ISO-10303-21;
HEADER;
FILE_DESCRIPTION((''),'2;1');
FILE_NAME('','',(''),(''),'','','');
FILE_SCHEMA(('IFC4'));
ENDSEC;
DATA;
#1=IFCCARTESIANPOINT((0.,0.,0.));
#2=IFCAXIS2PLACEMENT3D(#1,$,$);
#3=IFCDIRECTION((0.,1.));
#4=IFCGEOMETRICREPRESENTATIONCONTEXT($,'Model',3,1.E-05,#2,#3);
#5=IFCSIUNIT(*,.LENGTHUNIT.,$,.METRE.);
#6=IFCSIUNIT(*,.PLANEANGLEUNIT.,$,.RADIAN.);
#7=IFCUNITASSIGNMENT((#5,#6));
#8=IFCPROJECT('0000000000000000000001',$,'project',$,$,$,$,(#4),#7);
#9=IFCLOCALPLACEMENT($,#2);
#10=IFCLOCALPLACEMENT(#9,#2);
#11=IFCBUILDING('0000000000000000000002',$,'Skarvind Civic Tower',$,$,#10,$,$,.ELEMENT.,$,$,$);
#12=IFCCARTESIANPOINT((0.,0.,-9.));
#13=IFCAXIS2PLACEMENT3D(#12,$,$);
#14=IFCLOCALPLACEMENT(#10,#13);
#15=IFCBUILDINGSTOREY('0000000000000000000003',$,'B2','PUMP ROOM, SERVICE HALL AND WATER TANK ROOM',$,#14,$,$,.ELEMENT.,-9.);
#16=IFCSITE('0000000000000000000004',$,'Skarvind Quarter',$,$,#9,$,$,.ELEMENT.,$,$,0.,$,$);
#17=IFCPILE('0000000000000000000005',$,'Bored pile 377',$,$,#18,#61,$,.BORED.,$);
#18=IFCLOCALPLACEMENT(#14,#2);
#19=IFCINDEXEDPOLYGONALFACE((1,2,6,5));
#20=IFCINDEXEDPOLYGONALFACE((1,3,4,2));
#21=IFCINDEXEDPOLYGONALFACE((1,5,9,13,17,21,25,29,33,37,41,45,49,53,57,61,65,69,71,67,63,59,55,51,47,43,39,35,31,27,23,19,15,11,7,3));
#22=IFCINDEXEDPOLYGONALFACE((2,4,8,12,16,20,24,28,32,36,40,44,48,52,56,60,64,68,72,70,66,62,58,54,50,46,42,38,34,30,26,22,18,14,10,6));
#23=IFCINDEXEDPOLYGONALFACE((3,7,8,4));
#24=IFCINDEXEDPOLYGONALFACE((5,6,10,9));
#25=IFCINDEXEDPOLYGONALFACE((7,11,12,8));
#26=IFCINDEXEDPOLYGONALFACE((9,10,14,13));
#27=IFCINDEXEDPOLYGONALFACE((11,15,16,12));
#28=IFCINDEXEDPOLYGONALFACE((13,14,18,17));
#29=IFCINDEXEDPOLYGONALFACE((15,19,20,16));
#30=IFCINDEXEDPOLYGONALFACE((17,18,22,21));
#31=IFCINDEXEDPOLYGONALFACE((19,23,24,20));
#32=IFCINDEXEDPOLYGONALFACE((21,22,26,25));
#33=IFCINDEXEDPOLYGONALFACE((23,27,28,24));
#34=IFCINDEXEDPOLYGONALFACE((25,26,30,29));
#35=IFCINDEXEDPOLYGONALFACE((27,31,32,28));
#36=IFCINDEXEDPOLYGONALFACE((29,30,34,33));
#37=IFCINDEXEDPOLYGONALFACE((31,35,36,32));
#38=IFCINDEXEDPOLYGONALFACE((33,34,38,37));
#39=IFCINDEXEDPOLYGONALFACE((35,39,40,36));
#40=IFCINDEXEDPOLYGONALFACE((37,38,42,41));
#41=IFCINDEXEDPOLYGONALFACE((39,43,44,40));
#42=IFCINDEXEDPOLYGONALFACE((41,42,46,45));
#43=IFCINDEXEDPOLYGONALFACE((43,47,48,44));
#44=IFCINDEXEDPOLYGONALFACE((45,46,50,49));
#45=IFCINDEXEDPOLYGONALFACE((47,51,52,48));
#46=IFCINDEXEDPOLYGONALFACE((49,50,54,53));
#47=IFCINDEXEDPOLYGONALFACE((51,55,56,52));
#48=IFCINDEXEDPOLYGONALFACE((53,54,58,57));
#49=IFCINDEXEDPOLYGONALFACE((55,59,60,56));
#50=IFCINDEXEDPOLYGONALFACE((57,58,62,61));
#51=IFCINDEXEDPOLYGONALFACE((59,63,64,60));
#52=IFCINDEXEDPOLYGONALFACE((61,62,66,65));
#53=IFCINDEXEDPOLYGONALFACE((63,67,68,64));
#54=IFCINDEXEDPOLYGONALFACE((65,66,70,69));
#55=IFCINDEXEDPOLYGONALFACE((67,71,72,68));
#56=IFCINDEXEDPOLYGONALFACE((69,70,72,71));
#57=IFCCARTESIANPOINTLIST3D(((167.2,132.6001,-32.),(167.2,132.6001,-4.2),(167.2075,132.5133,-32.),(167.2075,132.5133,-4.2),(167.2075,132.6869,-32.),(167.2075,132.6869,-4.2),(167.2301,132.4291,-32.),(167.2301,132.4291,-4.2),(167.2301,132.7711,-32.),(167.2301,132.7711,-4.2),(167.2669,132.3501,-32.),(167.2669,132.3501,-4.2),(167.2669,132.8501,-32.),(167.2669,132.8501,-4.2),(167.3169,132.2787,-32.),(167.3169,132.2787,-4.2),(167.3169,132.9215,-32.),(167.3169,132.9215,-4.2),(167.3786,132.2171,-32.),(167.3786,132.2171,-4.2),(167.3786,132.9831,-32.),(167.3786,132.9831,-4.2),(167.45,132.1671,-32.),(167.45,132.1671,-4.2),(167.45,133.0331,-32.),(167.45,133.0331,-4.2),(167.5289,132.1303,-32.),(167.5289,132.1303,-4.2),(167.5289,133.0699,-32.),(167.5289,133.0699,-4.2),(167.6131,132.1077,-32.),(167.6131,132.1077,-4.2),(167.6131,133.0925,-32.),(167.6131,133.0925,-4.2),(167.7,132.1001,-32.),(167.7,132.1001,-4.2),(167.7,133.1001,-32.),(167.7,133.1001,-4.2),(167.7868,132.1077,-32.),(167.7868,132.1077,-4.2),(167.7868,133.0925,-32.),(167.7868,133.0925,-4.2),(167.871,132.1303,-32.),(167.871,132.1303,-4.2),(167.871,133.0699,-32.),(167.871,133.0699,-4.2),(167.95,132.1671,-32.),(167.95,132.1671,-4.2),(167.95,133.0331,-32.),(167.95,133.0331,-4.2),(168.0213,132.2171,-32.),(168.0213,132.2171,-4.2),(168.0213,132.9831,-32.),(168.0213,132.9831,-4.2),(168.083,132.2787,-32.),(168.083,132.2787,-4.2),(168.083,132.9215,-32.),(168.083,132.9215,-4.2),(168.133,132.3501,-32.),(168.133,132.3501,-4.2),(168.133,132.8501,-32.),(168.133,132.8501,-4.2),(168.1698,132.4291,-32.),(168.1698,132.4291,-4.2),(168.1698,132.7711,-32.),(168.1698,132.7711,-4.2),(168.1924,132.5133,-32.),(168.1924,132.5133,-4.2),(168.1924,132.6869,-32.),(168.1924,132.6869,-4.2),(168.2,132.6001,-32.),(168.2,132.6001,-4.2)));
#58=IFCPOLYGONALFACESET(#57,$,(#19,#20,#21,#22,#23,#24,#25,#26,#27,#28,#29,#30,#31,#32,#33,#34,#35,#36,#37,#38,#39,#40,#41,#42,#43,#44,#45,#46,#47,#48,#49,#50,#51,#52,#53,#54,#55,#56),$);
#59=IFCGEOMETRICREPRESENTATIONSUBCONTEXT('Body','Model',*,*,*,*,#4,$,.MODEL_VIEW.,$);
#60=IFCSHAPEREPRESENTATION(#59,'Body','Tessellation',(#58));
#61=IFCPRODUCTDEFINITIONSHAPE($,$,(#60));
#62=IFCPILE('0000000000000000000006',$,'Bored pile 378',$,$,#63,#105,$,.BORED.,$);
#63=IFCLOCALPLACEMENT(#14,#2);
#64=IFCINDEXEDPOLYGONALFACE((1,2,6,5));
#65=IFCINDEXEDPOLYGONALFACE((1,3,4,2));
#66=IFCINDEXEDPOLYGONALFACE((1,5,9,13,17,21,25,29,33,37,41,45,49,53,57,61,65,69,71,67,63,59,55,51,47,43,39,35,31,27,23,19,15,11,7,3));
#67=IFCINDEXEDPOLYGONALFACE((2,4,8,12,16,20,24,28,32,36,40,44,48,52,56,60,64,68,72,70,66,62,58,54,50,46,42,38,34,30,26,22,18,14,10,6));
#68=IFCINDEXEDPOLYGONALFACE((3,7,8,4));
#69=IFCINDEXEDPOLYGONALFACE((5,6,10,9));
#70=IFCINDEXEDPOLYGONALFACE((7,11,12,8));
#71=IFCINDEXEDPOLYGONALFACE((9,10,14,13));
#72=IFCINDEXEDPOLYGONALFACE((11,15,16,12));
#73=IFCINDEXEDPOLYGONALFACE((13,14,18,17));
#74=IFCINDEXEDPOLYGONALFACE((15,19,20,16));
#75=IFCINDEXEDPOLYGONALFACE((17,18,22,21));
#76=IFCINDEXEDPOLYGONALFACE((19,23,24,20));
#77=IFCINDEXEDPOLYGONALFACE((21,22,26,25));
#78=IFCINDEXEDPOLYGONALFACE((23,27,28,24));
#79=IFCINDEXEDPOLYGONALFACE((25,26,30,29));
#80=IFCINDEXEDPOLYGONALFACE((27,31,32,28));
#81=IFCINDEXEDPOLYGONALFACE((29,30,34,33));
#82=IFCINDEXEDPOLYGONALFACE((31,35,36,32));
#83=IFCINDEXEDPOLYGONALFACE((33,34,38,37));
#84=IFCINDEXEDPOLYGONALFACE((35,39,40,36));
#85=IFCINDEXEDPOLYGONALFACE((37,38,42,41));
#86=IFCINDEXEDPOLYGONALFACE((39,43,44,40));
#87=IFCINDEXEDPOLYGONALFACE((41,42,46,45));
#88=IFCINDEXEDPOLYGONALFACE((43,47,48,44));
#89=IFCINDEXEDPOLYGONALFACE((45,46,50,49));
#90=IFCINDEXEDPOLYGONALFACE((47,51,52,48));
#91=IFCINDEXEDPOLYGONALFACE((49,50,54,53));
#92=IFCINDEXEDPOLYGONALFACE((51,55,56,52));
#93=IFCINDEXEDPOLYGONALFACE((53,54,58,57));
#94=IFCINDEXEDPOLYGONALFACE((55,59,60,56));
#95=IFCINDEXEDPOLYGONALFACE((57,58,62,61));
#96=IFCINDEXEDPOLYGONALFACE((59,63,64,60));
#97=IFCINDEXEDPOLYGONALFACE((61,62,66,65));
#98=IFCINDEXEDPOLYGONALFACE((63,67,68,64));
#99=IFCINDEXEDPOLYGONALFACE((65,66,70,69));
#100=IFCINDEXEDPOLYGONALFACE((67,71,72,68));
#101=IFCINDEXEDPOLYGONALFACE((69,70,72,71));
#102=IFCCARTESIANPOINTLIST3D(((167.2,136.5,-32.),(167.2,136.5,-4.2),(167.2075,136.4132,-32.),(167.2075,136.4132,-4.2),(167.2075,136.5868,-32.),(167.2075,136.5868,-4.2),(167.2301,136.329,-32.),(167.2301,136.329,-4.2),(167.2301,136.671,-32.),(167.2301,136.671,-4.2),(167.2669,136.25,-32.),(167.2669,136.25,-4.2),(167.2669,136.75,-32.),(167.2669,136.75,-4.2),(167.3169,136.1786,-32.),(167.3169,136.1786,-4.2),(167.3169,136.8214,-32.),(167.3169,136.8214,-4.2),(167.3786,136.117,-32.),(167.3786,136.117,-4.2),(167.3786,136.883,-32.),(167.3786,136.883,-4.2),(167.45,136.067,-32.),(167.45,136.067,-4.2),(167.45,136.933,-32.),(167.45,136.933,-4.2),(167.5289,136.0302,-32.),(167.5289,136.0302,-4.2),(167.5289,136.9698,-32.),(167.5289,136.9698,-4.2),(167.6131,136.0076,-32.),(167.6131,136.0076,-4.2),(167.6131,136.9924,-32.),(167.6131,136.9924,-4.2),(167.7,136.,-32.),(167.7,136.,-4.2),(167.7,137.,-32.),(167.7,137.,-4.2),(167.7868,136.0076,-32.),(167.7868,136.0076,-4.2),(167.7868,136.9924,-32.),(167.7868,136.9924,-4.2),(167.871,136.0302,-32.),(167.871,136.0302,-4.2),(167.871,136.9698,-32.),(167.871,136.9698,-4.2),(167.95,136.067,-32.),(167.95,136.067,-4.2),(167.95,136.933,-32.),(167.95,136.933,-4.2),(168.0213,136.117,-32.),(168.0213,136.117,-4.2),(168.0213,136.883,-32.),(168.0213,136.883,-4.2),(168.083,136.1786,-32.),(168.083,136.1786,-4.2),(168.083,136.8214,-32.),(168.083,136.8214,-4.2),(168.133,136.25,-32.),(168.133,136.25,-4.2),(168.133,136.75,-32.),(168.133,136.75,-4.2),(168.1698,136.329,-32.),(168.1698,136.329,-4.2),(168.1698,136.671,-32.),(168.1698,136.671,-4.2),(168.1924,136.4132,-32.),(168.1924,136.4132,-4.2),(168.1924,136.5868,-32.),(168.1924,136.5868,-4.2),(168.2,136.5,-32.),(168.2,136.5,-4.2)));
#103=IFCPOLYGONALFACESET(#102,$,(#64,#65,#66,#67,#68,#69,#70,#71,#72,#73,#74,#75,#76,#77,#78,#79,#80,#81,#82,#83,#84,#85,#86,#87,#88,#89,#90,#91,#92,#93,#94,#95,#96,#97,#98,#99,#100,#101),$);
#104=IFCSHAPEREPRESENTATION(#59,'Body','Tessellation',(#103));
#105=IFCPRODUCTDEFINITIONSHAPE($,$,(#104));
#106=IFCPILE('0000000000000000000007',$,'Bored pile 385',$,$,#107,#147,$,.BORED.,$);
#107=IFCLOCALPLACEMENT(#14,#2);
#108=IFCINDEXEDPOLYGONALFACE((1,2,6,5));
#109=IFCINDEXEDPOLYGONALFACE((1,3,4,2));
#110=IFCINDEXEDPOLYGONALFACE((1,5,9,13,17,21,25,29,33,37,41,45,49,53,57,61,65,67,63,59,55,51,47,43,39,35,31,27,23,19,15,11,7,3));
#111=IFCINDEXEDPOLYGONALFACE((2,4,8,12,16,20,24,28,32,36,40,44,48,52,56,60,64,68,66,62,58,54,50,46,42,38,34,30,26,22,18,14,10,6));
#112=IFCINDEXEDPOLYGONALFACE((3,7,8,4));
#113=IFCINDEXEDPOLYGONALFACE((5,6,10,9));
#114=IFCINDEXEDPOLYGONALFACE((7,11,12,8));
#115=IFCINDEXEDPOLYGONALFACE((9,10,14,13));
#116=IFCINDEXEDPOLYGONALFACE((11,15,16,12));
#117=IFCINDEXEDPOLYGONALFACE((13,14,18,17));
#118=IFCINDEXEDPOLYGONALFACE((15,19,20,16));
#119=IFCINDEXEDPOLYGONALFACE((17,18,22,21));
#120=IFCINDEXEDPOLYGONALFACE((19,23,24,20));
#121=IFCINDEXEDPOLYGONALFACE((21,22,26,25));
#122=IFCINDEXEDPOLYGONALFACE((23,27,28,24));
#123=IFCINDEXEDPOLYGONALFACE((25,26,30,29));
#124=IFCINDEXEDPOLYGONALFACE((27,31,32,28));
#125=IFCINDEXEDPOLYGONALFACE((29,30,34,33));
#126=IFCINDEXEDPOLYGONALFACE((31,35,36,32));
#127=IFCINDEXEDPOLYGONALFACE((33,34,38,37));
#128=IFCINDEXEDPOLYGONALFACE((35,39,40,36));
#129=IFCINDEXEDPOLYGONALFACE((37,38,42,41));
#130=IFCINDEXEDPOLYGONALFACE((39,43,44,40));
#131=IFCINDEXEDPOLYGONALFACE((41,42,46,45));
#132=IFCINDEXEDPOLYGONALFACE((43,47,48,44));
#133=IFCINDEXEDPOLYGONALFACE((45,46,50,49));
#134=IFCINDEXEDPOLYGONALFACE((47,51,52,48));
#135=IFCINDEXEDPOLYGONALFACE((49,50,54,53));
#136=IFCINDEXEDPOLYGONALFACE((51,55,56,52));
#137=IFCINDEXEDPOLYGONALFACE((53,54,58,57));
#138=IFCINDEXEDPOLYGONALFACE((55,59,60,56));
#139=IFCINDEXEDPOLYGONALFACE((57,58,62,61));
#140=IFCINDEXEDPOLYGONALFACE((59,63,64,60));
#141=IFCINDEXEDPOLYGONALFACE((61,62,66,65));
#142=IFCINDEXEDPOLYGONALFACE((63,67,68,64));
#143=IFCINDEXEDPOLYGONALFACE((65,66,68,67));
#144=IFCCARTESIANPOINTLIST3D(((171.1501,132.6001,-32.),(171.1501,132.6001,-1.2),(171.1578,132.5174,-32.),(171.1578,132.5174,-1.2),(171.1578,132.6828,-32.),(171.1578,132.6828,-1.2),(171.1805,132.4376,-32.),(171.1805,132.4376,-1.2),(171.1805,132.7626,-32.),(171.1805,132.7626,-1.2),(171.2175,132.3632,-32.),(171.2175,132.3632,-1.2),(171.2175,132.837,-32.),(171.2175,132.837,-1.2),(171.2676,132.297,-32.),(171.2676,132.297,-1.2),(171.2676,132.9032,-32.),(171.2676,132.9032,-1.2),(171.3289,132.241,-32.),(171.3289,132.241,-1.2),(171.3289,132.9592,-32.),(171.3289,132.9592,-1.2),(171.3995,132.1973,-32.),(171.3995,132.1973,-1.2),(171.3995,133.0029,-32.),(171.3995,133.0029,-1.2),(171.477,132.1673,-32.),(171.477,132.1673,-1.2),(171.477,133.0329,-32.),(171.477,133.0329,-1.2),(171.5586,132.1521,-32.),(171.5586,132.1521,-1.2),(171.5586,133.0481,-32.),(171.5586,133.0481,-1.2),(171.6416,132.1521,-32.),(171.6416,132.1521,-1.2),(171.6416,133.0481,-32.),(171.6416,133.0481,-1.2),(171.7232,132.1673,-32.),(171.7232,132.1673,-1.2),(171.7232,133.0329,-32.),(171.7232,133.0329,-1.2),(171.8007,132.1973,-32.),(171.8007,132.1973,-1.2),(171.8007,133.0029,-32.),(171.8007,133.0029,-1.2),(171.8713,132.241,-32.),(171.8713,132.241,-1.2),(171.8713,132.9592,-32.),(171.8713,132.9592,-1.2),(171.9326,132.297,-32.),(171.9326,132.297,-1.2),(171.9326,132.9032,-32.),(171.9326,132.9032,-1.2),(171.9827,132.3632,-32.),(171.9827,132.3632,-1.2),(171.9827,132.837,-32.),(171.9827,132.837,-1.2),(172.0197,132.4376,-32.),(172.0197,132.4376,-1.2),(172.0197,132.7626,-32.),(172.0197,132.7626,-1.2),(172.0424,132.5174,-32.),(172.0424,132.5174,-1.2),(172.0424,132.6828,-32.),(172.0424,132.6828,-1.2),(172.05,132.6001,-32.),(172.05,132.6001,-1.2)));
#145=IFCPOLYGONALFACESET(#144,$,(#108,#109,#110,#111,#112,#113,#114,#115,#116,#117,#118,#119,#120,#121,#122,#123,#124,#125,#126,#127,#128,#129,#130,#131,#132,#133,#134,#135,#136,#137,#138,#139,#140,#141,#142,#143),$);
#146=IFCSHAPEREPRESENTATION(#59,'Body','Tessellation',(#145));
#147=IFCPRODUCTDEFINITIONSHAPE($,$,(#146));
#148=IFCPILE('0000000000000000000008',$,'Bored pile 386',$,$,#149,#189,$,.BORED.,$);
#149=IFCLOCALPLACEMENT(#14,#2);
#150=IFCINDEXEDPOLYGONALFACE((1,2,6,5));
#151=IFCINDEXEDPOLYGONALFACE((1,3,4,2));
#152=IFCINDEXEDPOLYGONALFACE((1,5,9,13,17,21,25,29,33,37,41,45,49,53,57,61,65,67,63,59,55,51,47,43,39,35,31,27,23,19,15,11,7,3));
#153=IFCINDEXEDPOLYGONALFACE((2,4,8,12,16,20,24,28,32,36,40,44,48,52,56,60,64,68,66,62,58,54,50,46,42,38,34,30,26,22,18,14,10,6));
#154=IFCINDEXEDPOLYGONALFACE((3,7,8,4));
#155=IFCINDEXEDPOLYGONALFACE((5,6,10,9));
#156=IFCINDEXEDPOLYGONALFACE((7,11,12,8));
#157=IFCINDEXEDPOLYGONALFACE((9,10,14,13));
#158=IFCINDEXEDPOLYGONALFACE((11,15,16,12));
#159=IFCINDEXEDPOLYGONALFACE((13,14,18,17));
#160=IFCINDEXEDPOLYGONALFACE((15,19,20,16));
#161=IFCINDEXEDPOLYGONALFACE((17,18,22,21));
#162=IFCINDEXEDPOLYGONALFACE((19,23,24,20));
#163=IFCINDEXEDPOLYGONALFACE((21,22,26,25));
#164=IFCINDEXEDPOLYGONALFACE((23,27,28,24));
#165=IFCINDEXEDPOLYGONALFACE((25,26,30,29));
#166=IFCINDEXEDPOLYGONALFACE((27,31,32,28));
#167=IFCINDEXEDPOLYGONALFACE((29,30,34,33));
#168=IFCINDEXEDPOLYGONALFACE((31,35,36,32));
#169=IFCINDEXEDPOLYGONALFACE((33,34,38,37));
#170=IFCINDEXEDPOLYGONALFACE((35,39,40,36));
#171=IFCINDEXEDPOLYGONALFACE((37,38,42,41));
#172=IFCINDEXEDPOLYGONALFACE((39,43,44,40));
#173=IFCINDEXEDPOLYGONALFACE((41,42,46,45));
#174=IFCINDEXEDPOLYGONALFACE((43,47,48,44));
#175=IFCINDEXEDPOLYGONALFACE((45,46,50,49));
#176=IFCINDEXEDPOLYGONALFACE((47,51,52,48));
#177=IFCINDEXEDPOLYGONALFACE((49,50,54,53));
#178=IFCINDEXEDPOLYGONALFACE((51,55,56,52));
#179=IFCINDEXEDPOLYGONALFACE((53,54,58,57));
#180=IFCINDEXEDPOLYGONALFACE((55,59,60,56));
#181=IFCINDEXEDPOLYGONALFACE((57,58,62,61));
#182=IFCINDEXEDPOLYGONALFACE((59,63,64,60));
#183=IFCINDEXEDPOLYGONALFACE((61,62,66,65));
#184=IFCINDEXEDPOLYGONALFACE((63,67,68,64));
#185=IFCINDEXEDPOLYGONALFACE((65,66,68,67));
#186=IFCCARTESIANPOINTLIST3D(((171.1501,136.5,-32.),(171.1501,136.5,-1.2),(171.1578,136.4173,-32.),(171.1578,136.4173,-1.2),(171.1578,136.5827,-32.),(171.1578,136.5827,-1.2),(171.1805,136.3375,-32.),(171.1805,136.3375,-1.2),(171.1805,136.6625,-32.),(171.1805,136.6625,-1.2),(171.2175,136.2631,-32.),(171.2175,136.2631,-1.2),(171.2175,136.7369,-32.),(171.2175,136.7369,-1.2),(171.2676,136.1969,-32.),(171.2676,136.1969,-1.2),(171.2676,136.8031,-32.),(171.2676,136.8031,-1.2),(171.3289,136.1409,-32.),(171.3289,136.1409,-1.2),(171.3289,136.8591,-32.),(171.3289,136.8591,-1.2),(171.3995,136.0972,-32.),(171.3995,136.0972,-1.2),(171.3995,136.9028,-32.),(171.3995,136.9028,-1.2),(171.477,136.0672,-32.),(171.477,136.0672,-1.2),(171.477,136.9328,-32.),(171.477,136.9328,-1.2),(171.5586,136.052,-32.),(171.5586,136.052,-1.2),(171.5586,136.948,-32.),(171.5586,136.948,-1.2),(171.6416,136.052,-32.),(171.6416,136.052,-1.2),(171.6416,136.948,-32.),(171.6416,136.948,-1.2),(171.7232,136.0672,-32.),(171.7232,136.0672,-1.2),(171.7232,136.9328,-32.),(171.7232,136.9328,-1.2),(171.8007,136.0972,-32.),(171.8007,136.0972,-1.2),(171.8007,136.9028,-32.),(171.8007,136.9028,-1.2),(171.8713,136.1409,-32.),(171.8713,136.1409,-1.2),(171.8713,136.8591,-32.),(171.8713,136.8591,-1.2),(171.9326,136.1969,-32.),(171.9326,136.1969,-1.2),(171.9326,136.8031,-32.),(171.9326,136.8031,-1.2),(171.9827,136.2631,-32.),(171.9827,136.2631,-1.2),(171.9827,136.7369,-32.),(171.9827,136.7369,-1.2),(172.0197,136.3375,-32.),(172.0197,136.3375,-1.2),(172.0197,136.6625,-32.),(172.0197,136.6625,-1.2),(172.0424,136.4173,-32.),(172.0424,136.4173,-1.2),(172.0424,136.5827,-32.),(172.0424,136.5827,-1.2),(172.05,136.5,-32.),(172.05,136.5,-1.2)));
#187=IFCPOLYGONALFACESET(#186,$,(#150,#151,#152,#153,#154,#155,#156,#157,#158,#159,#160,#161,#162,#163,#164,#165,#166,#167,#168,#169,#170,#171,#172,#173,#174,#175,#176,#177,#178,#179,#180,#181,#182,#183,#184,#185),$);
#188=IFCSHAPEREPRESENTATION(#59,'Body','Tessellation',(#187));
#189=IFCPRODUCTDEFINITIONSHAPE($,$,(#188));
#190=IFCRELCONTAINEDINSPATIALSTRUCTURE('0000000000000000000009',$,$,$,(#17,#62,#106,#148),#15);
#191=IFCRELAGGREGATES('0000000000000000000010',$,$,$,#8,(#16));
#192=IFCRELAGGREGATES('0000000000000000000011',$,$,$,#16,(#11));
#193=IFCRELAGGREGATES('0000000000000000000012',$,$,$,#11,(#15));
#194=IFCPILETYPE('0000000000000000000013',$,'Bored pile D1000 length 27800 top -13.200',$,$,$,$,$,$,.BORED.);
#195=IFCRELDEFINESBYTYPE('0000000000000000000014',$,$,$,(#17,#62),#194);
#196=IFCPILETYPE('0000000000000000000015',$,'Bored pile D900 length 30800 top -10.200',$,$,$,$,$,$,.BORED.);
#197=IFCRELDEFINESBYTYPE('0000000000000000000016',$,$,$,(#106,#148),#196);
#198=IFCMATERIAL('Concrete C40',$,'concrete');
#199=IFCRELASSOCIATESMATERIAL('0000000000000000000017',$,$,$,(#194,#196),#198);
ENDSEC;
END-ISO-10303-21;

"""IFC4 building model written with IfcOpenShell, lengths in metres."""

from ifc_helpers import new_model, si_unit, direction, frame, origin, origin_2d, place, context, subcontext, project, spatial, circle, extrude, material, type_object, element, save


model = new_model("IFC4")

# Units and contexts
model_context = context("Model", 3, precision=1e-05, world=origin(), true_north=direction((0.0, 1.0)))
body_context = subcontext(model_context, "Body", "Model", "MODEL_VIEW")
ifc_project = project(units=[si_unit("LENGTHUNIT", "METRE"), si_unit("PLANEANGLEUNIT", "RADIAN")], contexts=[model_context])

# Site, building, storey
site_placement = place(None, origin())
site = spatial("IfcSite", under=ifc_project, at=site_placement, Name="Skarvind Quarter", CompositionType="ELEMENT", RefElevation=0.0)
building_placement = place(site_placement, origin())
building = spatial("IfcBuilding", under=site, at=building_placement, Name="Skarvind Civic Tower", CompositionType="ELEMENT")
storey_placement = place(building_placement, frame((0.0, 0.0, -9.0)))
storey = spatial("IfcBuildingStorey", under=building, at=storey_placement, Name="B2", Description="PUMP ROOM, SERVICE HALL AND WATER TANK ROOM", CompositionType="ELEMENT", Elevation=-9.0)

# Piles
ifc_material_1 = material(Name="Concrete C40", Category="concrete")
pile_type_1 = type_object("IfcPileType", Name="Bored pile D1000 length 27800 top -13.200", PredefinedType="BORED", material=ifc_material_1)
for number, where, z_axis, x_axis, name in (
    (1, (167.7, 132.6001, -4.2), (0.0, 0.0, -1.0), (1.0, 0.0, 0.0), "Bored pile 377"),
    (2, (167.7, 136.5, -4.2), (0.0, 0.0, -1.0), (1.0, 0.0, 0.0), "Bored pile 378"),
):
    element("IfcPile", number, at=place(storey_placement, frame(where, z_axis=z_axis, x_axis=x_axis)), inside=storey, type_object=pile_type_1, Name=name, PredefinedType="BORED", context=body_context, shape_type="SweptSolid", body=[
        extrude(circle(Radius=0.5, at=origin_2d()), origin(), (0.0, 0.0, 1.0), 27.8),
    ])
pile_type_2 = type_object("IfcPileType", Name="Bored pile D900 length 30800 top -10.200", PredefinedType="BORED", material=ifc_material_1)
for number, where, z_axis, x_axis, name in (
    (3, (171.6001, 132.6001, -1.2), (0.0, 0.0, -1.0), (1.0, 0.0, 0.0), "Bored pile 385"),
    (4, (171.6001, 136.5, -1.2), (0.0, 0.0, -1.0), (1.0, 0.0, 0.0), "Bored pile 386"),
):
    element("IfcPile", number, at=place(storey_placement, frame(where, z_axis=z_axis, x_axis=x_axis)), inside=storey, type_object=pile_type_2, Name=name, PredefinedType="BORED", context=body_context, shape_type="SweptSolid", body=[
        extrude(circle(Radius=0.45, at=origin_2d()), origin(), (0.0, 0.0, 1.0), 30.8),
    ])

save(model, "model.ifc")
